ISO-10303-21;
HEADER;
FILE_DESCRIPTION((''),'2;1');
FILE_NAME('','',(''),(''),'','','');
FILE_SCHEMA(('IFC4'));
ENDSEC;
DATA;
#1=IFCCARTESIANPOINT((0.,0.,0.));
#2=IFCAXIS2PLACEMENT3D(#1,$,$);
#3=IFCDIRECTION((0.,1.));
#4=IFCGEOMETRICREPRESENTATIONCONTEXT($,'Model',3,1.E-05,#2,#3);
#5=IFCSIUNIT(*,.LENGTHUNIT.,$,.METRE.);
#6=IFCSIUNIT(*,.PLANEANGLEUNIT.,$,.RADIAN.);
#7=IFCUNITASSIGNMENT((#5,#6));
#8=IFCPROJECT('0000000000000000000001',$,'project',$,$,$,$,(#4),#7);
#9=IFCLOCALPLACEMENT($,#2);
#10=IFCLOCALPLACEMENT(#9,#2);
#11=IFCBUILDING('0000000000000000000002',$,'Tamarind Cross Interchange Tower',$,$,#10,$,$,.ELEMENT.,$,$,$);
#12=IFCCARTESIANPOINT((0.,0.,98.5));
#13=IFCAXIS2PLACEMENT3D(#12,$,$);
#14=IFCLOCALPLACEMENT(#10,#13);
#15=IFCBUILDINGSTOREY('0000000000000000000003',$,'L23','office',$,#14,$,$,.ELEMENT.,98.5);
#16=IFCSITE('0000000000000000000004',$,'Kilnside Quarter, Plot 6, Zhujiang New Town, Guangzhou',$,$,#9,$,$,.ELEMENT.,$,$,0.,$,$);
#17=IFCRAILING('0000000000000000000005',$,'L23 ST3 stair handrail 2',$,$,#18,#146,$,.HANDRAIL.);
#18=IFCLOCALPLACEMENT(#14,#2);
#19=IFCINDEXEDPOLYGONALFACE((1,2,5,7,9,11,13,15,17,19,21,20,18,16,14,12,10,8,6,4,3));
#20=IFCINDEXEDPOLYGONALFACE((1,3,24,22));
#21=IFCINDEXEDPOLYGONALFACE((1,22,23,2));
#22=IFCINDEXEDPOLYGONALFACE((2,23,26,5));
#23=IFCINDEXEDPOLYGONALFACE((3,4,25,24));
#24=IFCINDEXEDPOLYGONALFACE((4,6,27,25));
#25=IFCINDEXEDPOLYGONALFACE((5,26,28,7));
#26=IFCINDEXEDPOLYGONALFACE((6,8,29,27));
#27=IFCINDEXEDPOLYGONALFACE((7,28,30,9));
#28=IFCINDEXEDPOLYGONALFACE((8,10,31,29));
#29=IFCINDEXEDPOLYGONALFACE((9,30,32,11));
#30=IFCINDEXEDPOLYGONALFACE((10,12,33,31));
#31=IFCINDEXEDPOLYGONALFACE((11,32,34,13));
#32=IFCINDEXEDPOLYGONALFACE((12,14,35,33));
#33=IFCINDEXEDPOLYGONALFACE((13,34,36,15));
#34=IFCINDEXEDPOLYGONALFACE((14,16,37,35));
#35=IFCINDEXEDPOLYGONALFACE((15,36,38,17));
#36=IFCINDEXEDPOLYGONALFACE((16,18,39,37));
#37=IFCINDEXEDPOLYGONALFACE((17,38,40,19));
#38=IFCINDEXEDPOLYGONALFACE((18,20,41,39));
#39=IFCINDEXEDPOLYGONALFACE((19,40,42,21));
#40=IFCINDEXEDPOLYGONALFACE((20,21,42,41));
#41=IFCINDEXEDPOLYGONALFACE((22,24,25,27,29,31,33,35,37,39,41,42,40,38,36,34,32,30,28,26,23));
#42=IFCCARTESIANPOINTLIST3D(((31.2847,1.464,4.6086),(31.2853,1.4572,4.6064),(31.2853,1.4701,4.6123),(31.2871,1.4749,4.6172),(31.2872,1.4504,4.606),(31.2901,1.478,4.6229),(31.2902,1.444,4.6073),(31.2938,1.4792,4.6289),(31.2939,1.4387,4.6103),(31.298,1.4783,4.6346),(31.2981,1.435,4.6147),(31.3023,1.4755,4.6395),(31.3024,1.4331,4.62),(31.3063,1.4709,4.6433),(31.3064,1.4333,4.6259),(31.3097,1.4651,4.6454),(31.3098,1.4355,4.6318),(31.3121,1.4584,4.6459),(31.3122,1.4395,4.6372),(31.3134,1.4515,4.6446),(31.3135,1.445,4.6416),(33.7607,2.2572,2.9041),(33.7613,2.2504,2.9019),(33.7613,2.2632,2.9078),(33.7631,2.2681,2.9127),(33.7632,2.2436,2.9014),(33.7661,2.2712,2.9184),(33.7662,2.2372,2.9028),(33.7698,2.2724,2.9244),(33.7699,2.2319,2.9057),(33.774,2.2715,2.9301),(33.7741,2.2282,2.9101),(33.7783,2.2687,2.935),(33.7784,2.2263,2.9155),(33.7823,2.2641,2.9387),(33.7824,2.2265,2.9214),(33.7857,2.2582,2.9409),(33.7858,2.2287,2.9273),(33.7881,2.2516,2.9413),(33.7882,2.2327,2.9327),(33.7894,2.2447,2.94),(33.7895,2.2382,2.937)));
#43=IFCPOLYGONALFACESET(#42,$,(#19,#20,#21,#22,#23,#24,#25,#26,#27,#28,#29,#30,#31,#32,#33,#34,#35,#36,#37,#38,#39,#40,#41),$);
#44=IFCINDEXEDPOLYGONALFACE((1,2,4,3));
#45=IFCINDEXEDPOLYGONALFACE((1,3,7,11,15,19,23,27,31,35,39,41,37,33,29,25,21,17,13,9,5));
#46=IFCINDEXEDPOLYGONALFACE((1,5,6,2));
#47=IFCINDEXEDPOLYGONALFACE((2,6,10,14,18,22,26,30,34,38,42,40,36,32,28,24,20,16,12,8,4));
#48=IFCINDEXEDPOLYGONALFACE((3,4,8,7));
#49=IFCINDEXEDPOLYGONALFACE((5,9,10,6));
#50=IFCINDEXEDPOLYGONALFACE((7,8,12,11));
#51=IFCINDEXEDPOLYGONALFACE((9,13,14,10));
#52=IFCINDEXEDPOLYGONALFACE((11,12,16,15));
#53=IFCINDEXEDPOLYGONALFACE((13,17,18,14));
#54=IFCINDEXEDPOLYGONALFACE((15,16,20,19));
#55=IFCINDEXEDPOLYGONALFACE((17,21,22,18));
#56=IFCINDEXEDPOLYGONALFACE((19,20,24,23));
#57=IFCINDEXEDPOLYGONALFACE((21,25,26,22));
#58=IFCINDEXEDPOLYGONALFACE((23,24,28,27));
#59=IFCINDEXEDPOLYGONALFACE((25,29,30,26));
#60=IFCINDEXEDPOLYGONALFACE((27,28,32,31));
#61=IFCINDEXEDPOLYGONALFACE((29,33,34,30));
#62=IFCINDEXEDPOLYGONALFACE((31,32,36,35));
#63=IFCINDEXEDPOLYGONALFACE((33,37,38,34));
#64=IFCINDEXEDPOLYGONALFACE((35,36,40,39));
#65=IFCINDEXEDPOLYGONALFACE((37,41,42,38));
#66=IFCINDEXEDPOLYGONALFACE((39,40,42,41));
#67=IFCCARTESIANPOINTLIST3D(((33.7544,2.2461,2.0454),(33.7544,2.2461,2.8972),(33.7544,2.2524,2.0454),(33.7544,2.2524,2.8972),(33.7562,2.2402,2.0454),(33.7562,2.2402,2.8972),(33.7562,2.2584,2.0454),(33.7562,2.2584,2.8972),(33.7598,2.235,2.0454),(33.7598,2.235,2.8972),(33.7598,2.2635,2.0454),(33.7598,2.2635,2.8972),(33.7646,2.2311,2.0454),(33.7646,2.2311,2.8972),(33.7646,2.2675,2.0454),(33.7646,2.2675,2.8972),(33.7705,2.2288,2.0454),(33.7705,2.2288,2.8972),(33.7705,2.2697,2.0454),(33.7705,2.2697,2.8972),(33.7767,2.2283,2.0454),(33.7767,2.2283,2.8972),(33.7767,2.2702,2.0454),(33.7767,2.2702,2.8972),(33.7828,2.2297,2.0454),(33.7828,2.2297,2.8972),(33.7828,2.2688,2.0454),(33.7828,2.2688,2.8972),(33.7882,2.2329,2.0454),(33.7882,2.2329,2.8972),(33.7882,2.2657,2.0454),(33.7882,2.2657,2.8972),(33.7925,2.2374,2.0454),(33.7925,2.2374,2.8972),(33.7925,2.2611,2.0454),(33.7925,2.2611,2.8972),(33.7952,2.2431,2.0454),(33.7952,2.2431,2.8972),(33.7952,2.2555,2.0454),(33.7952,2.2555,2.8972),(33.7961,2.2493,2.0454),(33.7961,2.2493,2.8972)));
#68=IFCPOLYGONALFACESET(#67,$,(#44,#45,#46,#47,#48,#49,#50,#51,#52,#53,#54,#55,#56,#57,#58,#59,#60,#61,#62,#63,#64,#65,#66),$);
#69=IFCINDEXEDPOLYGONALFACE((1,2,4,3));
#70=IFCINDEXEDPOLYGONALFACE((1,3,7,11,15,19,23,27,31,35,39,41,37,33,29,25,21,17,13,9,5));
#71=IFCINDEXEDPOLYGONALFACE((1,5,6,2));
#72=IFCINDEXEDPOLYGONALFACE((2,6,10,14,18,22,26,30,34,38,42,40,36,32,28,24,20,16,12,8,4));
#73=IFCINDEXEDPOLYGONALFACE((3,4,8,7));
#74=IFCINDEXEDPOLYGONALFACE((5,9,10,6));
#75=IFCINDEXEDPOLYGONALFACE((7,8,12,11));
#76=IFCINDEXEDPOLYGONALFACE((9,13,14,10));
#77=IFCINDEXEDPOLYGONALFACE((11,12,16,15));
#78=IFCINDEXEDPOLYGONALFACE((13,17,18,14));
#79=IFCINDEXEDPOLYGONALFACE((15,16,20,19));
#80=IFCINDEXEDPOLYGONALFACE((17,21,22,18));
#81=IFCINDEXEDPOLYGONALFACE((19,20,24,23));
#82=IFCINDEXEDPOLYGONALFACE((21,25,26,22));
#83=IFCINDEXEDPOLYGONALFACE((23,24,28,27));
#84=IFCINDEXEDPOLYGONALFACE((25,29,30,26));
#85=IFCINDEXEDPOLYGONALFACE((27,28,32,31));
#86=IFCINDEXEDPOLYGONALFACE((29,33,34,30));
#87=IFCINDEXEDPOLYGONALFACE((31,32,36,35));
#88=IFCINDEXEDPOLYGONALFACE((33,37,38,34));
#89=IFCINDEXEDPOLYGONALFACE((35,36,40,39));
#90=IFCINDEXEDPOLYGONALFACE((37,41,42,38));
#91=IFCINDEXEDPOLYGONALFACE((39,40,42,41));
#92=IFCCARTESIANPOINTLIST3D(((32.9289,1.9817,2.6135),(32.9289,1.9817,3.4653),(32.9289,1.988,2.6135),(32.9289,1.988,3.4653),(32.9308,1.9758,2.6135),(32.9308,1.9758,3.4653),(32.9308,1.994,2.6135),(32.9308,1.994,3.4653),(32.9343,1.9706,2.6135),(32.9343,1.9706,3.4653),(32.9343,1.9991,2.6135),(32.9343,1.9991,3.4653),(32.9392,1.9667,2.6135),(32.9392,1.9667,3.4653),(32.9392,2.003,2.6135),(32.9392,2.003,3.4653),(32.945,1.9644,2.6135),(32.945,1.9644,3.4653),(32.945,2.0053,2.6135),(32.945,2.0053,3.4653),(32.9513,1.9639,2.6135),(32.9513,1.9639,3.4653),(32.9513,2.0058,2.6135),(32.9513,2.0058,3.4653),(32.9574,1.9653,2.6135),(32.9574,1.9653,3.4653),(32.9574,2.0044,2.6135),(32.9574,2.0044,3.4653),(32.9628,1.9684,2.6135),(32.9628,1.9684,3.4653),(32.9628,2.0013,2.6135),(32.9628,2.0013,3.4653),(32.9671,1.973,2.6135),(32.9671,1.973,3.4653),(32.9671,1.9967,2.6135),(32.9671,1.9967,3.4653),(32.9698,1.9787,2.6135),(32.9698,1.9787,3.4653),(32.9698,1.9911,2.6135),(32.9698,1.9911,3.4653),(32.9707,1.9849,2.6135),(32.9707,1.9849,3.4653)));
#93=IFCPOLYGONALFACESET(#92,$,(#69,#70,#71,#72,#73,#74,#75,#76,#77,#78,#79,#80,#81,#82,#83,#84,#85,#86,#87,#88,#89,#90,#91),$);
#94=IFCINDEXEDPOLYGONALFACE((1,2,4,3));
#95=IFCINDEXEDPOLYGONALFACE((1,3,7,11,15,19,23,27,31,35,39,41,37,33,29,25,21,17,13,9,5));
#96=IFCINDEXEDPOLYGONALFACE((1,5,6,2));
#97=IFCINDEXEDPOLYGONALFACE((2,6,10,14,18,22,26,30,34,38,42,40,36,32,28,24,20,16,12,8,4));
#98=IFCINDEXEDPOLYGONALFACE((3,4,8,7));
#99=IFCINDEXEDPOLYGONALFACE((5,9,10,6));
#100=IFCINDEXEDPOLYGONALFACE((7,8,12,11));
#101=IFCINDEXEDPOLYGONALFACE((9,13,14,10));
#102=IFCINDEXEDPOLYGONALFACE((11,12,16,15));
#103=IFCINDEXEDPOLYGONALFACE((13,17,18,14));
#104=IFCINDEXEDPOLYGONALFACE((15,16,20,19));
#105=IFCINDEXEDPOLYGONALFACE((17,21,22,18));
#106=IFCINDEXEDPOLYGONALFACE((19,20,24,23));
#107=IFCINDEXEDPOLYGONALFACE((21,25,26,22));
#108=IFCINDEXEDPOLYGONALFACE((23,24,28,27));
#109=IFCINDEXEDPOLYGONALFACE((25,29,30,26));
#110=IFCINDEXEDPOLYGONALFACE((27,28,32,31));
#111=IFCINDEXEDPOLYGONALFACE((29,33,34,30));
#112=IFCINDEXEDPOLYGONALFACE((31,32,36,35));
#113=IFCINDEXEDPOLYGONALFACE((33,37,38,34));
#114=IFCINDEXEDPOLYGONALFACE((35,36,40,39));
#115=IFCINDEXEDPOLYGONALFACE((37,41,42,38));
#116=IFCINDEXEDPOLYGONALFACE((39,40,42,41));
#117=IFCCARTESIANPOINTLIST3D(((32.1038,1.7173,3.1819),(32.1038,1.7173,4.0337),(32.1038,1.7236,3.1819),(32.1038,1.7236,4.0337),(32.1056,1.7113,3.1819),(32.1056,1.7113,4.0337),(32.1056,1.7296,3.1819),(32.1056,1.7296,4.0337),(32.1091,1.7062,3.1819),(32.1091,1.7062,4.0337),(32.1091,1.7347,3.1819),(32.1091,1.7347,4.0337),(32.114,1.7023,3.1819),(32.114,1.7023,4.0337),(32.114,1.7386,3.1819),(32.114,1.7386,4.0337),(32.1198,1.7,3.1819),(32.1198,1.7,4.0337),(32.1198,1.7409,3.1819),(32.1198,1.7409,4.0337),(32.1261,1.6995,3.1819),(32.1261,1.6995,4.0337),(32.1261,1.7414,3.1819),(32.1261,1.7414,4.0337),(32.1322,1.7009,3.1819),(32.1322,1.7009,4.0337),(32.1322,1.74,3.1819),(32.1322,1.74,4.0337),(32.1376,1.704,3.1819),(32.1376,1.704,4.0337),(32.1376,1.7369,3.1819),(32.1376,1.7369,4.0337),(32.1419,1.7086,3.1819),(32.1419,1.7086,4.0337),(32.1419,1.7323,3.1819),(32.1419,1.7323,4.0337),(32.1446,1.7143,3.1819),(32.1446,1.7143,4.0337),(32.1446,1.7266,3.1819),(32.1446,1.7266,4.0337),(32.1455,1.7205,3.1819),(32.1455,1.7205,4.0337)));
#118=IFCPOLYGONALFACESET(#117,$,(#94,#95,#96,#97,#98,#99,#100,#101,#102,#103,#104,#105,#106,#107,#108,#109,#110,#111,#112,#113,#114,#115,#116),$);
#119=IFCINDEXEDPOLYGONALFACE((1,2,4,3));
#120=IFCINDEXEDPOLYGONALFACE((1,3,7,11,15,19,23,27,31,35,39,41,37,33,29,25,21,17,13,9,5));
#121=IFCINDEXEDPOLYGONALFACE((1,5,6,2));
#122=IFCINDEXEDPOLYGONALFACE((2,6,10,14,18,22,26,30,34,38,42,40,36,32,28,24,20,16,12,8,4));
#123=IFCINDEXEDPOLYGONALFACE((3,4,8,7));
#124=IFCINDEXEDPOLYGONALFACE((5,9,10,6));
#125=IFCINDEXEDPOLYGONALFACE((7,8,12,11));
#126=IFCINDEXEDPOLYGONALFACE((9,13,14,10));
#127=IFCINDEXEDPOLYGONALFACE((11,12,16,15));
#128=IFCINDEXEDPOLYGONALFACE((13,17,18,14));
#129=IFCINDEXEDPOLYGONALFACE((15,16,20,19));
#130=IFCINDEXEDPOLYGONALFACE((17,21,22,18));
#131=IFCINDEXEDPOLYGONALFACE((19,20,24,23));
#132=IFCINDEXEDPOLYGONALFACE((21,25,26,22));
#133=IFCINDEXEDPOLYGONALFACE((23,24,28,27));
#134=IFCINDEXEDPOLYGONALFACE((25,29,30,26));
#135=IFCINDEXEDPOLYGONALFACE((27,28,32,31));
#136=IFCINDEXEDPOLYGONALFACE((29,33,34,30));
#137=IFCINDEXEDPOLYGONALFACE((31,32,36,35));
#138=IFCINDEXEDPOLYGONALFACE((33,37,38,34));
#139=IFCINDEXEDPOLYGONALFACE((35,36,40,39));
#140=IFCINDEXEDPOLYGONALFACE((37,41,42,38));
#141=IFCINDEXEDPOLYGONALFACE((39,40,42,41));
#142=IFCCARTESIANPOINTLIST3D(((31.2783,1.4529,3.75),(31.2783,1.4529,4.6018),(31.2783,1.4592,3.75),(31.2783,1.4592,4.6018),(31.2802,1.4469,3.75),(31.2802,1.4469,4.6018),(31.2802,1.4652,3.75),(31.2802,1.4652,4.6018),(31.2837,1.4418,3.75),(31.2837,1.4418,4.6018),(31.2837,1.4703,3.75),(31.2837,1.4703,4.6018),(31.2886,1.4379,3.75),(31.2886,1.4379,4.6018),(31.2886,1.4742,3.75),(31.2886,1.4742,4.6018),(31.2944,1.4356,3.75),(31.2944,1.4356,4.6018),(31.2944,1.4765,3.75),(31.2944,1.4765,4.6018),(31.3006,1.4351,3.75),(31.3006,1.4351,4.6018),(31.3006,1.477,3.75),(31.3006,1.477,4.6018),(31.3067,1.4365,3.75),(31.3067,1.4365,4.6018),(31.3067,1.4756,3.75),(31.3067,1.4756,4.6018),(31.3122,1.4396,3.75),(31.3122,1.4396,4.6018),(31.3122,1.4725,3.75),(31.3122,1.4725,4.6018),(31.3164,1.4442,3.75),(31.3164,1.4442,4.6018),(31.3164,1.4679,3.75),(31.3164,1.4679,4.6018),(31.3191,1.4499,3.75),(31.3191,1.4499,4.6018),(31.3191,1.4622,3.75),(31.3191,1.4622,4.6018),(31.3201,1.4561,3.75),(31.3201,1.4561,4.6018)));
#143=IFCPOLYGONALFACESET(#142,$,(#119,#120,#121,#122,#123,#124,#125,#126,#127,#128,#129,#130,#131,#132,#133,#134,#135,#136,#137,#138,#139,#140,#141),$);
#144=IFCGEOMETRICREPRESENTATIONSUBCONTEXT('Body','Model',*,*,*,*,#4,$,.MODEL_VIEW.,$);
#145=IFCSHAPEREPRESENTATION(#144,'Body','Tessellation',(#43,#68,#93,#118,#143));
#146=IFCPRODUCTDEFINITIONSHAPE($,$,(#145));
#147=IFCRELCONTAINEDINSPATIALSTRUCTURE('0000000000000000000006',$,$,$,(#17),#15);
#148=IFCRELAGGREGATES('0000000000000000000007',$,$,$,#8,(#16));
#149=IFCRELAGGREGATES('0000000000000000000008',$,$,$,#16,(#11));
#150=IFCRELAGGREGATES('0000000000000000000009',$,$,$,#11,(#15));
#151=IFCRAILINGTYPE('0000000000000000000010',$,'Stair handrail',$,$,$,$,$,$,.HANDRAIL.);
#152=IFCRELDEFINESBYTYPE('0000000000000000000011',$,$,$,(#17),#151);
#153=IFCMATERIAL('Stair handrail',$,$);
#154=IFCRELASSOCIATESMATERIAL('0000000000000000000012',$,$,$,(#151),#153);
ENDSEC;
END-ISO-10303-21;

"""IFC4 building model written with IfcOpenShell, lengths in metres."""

from ifc_helpers import new_model, si_unit, direction, frame, origin, origin_2d, place, context, subcontext, project, spatial, circle, extrude, material, type_object, element, save


model = new_model("IFC4")

# Units and contexts
model_context = context("Model", 3, precision=1e-05, world=origin(), true_north=direction((0.0, 1.0)))
body_context = subcontext(model_context, "Body", "Model", "MODEL_VIEW")
ifc_project = project(units=[si_unit("LENGTHUNIT", "METRE"), si_unit("PLANEANGLEUNIT", "RADIAN")], contexts=[model_context])

# Site, building, storey
site_placement = place(None, origin())
site = spatial("IfcSite", under=ifc_project, at=site_placement, Name="Kilnside Quarter, Plot 6, Zhujiang New Town, Guangzhou", CompositionType="ELEMENT", RefElevation=0.0)
building_placement = place(site_placement, origin())
building = spatial("IfcBuilding", under=site, at=building_placement, Name="Tamarind Cross Interchange Tower", CompositionType="ELEMENT")
storey_placement = place(building_placement, frame((0.0, 0.0, 98.5)))
storey = spatial("IfcBuildingStorey", under=building, at=storey_placement, Name="L23", Description="office", CompositionType="ELEMENT", Elevation=98.5)

# Railing
ifc_material_1 = material(Name="Stair handrail")
railing_type_1 = type_object("IfcRailingType", Name="Stair handrail", PredefinedType="HANDRAIL", material=ifc_material_1)
railing_1_placement = place(storey_placement, frame((33.7751, 2.2493, 2.0454)))
element("IfcRailing", 1, at=railing_1_placement, inside=storey, type_object=railing_type_1, Name="L23 ST3 stair handrail 2", PredefinedType="HANDRAIL", context=body_context, shape_type="SweptSolid", body=[
    extrude(circle(Radius=0.0239, at=origin_2d()), frame((0.0, 0.0, 0.876), z_axis=(-0.796427, -0.255136, 0.548279), x_axis=(0.305079, -0.952327, 0.0)), (0.0, 0.0, 1.0), 3.1089),
    extrude(circle(Radius=0.021, at=origin_2d()), origin(), (0.0, 0.0, 1.0), 0.8518),
    extrude(circle(Radius=0.021, at=origin_2d()), frame((-0.8254, -0.2644, 0.5681)), (0.0, 0.0, 1.0), 0.8518),
    extrude(circle(Radius=0.021, at=origin_2d()), frame((-1.6506, -0.5288, 1.1365)), (0.0, 0.0, 1.0), 0.8518),
    extrude(circle(Radius=0.021, at=origin_2d()), frame((-2.4761, -0.7932, 1.7046)), (0.0, 0.0, 1.0), 0.8518),
])

save(model, "model.ifc")
